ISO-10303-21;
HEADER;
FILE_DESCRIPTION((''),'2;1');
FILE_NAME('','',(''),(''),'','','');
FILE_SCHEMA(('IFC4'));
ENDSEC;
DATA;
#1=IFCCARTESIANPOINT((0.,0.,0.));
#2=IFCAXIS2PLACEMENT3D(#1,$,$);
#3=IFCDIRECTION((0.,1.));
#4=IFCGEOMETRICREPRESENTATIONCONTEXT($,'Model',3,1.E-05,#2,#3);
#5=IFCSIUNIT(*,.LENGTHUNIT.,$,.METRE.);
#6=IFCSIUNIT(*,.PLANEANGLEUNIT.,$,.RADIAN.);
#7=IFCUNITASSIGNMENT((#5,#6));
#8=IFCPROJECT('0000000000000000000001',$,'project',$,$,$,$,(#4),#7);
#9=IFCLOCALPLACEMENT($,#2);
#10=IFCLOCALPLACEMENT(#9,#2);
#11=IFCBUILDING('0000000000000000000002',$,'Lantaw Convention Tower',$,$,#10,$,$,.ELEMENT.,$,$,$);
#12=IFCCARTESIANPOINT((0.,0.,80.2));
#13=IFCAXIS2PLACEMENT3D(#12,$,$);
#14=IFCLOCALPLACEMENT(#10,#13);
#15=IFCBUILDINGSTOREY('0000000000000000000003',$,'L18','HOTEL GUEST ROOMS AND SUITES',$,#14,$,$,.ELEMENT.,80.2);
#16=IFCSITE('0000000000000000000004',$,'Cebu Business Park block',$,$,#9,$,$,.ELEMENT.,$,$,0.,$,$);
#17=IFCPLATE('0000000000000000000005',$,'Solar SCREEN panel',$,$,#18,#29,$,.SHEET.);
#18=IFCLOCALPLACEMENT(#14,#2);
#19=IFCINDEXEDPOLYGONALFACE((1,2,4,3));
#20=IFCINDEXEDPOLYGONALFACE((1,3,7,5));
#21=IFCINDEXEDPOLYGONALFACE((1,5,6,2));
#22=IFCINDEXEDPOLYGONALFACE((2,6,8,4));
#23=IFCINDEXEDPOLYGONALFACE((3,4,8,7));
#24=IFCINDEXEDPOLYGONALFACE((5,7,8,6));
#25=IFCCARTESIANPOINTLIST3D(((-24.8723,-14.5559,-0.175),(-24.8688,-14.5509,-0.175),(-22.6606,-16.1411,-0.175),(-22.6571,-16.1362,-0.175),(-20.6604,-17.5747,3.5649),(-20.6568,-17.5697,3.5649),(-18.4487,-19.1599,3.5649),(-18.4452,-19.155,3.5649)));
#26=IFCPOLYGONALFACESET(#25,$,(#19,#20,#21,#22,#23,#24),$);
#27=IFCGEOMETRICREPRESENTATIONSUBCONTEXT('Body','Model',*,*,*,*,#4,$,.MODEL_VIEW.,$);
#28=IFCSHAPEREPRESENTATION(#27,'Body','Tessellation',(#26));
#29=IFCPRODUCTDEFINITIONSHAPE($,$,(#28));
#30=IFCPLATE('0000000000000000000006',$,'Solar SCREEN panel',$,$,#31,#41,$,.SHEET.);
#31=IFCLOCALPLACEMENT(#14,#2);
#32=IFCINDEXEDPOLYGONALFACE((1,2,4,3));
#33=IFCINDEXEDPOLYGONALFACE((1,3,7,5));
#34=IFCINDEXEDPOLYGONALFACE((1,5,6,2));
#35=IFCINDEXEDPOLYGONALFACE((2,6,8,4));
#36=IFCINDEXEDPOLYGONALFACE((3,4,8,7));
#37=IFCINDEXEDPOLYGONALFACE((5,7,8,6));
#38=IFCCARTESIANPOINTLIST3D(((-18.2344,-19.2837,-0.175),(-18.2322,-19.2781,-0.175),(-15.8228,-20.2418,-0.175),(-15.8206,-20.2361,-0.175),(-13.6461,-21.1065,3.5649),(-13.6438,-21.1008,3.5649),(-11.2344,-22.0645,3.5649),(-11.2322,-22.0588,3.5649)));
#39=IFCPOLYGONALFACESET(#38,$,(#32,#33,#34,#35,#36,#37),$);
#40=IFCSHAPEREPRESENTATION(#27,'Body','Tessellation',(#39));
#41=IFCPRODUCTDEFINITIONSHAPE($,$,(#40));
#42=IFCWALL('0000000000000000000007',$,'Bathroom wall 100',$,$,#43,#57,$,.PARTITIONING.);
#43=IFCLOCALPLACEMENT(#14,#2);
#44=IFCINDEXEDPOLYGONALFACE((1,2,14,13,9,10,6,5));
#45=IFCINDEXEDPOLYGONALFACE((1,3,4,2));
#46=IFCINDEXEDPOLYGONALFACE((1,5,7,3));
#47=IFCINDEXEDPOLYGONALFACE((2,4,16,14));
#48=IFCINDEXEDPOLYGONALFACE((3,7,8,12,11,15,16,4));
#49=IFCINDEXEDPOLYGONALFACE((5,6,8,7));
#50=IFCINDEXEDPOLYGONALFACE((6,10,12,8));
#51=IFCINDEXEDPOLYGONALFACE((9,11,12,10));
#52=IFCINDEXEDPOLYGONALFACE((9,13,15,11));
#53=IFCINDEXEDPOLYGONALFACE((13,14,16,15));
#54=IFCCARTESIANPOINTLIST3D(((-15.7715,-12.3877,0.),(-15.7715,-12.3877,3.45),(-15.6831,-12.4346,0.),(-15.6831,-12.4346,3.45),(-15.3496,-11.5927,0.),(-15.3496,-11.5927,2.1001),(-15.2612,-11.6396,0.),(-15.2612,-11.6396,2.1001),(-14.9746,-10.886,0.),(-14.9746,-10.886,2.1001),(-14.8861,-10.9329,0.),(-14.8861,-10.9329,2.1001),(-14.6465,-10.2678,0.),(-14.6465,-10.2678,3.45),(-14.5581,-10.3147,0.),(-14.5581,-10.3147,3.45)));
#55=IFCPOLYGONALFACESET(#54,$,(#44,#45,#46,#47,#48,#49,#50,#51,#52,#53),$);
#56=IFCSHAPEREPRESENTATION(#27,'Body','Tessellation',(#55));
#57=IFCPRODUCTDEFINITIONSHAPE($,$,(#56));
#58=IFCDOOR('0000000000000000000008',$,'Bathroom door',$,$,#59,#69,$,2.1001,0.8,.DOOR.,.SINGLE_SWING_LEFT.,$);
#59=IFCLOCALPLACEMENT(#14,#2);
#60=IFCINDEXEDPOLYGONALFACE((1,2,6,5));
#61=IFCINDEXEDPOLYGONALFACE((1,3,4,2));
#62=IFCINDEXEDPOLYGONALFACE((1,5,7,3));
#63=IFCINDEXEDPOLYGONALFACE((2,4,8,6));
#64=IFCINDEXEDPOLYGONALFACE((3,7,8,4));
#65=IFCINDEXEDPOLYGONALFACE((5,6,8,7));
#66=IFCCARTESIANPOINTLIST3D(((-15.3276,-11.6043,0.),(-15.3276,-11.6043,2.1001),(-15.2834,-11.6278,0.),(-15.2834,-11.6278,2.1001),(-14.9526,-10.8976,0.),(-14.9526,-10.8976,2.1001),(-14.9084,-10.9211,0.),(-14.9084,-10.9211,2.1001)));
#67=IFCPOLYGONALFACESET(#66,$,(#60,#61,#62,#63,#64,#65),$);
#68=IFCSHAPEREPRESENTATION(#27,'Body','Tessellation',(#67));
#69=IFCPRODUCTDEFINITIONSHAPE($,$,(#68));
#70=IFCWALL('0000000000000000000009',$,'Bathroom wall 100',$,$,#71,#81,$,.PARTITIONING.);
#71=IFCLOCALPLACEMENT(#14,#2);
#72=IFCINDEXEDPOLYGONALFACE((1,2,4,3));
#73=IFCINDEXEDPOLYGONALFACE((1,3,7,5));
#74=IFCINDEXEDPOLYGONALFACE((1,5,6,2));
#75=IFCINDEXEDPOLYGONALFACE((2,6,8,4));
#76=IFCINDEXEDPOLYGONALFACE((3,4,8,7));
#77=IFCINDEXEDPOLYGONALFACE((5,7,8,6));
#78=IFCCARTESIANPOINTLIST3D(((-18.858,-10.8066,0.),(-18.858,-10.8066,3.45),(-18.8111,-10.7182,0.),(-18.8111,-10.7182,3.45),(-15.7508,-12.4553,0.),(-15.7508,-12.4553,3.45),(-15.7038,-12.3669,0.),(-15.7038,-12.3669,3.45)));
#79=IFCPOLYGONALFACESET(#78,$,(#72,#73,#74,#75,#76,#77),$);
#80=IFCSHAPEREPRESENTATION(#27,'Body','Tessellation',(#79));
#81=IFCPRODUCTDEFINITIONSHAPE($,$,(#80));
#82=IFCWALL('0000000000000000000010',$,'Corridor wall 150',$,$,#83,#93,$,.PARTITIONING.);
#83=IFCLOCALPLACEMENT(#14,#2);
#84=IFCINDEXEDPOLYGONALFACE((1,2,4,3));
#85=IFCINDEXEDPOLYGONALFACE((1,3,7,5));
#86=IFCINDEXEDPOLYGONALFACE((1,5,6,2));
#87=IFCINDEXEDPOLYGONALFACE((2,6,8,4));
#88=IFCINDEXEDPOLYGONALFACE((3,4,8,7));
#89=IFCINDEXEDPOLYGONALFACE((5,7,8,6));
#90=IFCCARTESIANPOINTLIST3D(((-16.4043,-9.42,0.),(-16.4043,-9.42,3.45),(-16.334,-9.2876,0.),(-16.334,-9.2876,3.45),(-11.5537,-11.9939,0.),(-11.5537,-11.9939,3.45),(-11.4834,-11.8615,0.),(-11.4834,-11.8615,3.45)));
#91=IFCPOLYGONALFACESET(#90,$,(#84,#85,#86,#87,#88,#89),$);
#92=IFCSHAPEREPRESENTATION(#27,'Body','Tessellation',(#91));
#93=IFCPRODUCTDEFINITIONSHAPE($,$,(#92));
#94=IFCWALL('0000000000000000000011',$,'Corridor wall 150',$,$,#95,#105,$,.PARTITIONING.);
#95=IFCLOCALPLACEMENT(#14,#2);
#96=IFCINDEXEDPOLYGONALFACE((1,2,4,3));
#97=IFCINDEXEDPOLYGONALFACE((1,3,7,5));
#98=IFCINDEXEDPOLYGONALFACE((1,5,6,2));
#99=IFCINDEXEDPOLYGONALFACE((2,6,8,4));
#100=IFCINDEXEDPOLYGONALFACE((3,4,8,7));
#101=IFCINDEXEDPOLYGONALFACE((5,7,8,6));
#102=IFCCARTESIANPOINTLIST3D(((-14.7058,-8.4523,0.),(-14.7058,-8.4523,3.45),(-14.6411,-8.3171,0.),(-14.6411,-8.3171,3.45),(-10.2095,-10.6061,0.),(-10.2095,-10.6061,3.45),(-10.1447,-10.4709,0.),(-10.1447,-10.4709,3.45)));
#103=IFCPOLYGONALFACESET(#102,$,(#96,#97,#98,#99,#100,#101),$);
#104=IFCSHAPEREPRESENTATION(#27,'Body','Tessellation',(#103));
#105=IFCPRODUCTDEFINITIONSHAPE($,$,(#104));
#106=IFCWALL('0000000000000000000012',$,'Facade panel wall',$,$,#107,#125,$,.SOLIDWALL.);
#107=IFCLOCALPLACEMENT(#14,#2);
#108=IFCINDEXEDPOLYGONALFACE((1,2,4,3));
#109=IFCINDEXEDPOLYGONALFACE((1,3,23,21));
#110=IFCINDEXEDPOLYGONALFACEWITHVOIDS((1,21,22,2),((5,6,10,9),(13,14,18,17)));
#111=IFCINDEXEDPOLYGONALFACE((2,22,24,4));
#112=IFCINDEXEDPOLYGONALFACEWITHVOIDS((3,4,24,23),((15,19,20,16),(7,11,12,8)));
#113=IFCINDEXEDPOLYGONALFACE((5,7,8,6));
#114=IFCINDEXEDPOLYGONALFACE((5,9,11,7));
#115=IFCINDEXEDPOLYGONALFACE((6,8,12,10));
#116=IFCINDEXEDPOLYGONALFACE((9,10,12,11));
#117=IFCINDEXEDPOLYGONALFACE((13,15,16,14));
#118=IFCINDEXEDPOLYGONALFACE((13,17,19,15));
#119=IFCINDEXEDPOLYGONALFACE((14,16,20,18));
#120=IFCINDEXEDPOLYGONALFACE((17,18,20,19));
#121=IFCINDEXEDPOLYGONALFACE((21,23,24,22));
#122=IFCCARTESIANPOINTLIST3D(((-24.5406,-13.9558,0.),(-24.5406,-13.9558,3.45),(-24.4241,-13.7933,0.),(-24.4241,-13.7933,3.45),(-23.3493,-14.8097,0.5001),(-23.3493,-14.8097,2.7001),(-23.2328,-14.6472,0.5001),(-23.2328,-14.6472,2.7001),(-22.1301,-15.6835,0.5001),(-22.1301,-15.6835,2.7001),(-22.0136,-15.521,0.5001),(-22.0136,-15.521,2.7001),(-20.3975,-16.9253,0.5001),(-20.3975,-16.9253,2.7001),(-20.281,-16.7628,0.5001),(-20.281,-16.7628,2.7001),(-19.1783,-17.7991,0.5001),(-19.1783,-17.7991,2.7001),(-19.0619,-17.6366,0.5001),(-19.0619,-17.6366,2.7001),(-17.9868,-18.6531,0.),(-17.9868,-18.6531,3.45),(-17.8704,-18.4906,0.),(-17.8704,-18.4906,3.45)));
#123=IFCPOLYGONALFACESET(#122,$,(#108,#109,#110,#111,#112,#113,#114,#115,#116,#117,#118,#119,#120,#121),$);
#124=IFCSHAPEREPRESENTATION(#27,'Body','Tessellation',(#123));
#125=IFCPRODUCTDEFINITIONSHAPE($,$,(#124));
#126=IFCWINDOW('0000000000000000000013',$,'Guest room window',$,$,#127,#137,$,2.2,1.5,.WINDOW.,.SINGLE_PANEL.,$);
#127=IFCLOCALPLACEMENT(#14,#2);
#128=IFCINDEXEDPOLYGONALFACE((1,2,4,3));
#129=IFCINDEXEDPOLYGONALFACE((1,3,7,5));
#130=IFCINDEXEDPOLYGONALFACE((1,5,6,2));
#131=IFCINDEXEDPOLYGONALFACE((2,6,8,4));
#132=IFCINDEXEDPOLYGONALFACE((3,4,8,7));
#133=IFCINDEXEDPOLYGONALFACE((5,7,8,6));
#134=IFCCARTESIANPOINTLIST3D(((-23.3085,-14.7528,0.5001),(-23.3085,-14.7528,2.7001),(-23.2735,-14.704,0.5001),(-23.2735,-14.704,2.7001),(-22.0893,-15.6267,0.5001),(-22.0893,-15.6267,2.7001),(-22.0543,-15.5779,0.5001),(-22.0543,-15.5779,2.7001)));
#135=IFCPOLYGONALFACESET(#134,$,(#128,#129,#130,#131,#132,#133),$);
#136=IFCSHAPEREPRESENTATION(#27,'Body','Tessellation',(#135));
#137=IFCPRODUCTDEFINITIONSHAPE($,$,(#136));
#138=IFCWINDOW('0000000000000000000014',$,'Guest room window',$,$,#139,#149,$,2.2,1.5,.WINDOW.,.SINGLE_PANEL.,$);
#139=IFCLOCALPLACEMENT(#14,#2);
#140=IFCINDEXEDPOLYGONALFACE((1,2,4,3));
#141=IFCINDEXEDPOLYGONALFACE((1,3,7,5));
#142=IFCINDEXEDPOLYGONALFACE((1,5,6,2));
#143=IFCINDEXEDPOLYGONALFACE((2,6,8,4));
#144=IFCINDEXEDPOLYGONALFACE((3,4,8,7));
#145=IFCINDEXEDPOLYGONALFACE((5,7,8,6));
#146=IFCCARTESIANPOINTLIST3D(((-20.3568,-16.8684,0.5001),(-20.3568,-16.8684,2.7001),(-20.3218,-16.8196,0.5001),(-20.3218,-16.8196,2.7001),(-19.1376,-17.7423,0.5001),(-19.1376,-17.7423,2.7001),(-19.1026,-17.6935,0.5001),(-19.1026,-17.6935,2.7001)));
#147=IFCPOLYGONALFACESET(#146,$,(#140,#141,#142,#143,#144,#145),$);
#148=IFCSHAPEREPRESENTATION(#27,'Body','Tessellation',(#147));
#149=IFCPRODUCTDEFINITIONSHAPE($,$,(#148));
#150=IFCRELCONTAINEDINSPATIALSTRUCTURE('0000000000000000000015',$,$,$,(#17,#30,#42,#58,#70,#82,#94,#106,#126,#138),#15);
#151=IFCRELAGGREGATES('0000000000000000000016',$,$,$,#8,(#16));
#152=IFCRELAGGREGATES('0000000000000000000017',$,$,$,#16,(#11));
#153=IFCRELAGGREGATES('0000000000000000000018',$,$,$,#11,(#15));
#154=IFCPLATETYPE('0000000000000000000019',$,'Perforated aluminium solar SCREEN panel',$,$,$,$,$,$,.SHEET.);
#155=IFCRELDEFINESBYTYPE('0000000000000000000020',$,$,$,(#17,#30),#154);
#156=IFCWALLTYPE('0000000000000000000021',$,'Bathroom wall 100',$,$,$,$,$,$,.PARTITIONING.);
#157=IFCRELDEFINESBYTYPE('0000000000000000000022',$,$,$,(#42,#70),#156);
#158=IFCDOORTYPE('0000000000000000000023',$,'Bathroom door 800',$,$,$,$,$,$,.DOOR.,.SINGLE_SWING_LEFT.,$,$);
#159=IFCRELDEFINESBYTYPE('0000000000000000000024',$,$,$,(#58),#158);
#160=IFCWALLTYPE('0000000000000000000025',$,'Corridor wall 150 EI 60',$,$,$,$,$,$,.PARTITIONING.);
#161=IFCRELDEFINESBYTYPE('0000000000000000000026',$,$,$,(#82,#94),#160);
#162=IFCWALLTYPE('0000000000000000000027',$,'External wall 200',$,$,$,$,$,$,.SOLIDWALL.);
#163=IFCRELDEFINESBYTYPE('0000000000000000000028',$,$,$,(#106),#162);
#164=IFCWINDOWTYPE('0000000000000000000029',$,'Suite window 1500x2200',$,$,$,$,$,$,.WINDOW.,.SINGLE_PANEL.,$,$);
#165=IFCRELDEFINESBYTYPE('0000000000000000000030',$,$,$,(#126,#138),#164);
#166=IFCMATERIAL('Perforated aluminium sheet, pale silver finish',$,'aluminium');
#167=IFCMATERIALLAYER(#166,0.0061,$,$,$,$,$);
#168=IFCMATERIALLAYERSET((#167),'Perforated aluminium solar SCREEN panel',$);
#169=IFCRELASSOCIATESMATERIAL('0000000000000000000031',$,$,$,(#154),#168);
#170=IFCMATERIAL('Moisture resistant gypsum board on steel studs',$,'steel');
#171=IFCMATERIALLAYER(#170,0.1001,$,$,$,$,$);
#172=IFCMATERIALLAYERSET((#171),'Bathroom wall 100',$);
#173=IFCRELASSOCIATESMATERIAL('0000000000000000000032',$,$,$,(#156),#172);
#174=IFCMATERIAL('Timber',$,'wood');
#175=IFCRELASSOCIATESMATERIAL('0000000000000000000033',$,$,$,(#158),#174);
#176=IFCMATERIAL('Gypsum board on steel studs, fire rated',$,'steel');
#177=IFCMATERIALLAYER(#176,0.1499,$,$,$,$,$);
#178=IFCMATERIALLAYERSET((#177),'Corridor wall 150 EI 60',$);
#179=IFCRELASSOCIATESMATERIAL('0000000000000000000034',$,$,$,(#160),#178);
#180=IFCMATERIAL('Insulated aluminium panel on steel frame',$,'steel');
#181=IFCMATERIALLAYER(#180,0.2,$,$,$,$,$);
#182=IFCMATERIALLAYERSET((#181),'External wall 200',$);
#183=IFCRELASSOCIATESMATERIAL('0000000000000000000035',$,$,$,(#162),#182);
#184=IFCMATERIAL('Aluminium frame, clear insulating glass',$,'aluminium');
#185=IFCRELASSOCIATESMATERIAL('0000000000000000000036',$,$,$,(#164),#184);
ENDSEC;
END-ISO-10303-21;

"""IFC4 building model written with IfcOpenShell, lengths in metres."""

from ifc_helpers import new_model, si_unit, direction, frame, frame_2d, origin, place, context, subcontext, project, spatial, polyline, rectangle, outline, extrude, material, layer, layer_set, type_object, element, fill, save


model = new_model("IFC4")

# Units and contexts
model_context = context("Model", 3, precision=1e-05, world=origin(), true_north=direction((0.0, 1.0)))
body_context = subcontext(model_context, "Body", "Model", "MODEL_VIEW")
ifc_project = project(units=[si_unit("LENGTHUNIT", "METRE"), si_unit("PLANEANGLEUNIT", "RADIAN")], contexts=[model_context])

# Site, building, storey
site_placement = place(None, origin())
site = spatial("IfcSite", under=ifc_project, at=site_placement, Name="Cebu Business Park block", CompositionType="ELEMENT", RefElevation=0.0)
building_placement = place(site_placement, origin())
building = spatial("IfcBuilding", under=site, at=building_placement, Name="Lantaw Convention Tower", CompositionType="ELEMENT")
storey_placement = place(building_placement, frame((0.0, 0.0, 80.2)))
storey = spatial("IfcBuildingStorey", under=building, at=storey_placement, Name="L18", Description="HOTEL GUEST ROOMS AND SUITES", CompositionType="ELEMENT", Elevation=80.2)

# Plates
ifc_material_1 = material(Name="Perforated aluminium sheet, pale silver finish", Category="aluminium")
ifc_layer_1 = layer(ifc_material_1, 0.0061)
ifc_layer_set_1 = layer_set([ifc_layer_1], Name="Perforated aluminium solar SCREEN panel")
plate_type = type_object("IfcPlateType", Name="Perforated aluminium solar SCREEN panel", PredefinedType="SHEET", material=ifc_layer_set_1)
plate_1_placement = place(storey_placement, frame((-24.8723, -14.5559, -0.175), z_axis=(-0.582561, -0.812787, 0.000016), x_axis=(0.812787, -0.582561, 0.0)))
element("IfcPlate", 1, at=plate_1_placement, inside=storey, type_object=plate_type, Name="Solar SCREEN panel", PredefinedType="SHEET", context=body_context, shape_type="SweptSolid", body=[
    extrude(outline(polyline([(0.0, 0.0), (2.7211, 0.0), (7.9031, 3.74), (5.182, 3.74), (0.0, 0.0)])), origin(), (0.0, 0.0, -1.0), 0.0061),
])
plate_2_placement = place(storey_placement, frame((-18.2322, -19.2781, -0.175), z_axis=(0.369184, 0.929357, 0.000009), x_axis=(0.929357, -0.369184, 0.0)))
element("IfcPlate", 2, at=plate_2_placement, inside=storey, type_object=plate_type, Name="Solar SCREEN panel", PredefinedType="SHEET", context=body_context, shape_type="SweptSolid", body=[
    extrude(outline(polyline([(0.0, 0.0), (2.5949, 0.0), (7.5321, -3.74), (4.9372, -3.74), (0.0, 0.0)])), origin(), (0.0, 0.0, -1.0), 0.0061),
])

# Wall, opening, door
ifc_material_2 = material(Name="Moisture resistant gypsum board on steel studs", Category="steel")
ifc_layer_2 = layer(ifc_material_2, 0.1001)
ifc_layer_set_2 = layer_set([ifc_layer_2], Name="Bathroom wall 100")
wall_type_1 = type_object("IfcWallType", Name="Bathroom wall 100", PredefinedType="PARTITIONING", material=ifc_layer_set_2)
wall_1_placement = place(storey_placement, frame((-14.6023, -10.2913, 0.0), z_axis=(0.0, 0.0, 1.0), x_axis=(-0.468771, -0.88332, 0.0)))
wall_1 = element("IfcWall", 3, at=wall_1_placement, inside=storey, type_object=wall_type_1, Name="Bathroom wall 100", PredefinedType="PARTITIONING", context=body_context, shape_type="SweptSolid", body=[
    extrude(rectangle(XDim=2.3999, YDim=0.1001, at=frame_2d((1.2, 0.0))), origin(), (0.0, 0.0, 1.0), 3.45),
])
opening_1_placement = place(wall_1_placement, frame((0.7, 0.0, 0.0)))
opening_1 = element("IfcOpeningElement", 4, at=opening_1_placement, cuts=wall_1, PredefinedType="OPENING", context=body_context, shape_type="SweptSolid", body=[
    extrude(rectangle(XDim=0.8, YDim=2.1001, at=frame_2d((0.3999, 1.05))), frame((0.0, 0.0601, 0.0), z_axis=(0.0, -1.0, 0.0), x_axis=(1.0, 0.0, 0.0)), (0.0, 0.0, 1.0), 0.1201),
])
ifc_material_3 = material(Name="Timber", Category="wood")
door_type = type_object("IfcDoorType", Name="Bathroom door 800", OperationType="SINGLE_SWING_LEFT", PredefinedType="DOOR", material=ifc_material_3)
door_placement = place(opening_1_placement, origin())
door = element("IfcDoor", 5, at=door_placement, inside=storey, type_object=door_type, Name="Bathroom door", OperationType="SINGLE_SWING_LEFT", OverallHeight=2.1001, OverallWidth=0.8, PredefinedType="DOOR", context=body_context, shape_type="SweptSolid", body=[
    extrude(rectangle(XDim=0.8, YDim=2.1001, at=frame_2d((0.3999, 1.05))), frame((0.0, 0.0249, 0.0), z_axis=(0.0, -1.0, 0.0), x_axis=(1.0, 0.0, 0.0)), (0.0, 0.0, 1.0), 0.05),
])
fill(opening_1, door)

# Walls
wall_2_placement = place(storey_placement, frame((-15.7273, -12.4111, 0.0), z_axis=(0.0, 0.0, 1.0), x_axis=(-0.883352, 0.46871, 0.0)))
element("IfcWall", 6, at=wall_2_placement, inside=storey, type_object=wall_type_1, Name="Bathroom wall 100", PredefinedType="PARTITIONING", context=body_context, shape_type="SweptSolid", body=[
    extrude(rectangle(XDim=3.5176, YDim=0.1001, at=frame_2d((1.7588, 0.0))), origin(), (0.0, 0.0, 1.0), 3.45),
])
ifc_material_4 = material(Name="Gypsum board on steel studs, fire rated", Category="steel")
ifc_layer_3 = layer(ifc_material_4, 0.1499)
ifc_layer_set_3 = layer_set([ifc_layer_3], Name="Corridor wall 150 EI 60")
wall_type_2 = type_object("IfcWallType", Name="Corridor wall 150 EI 60", PredefinedType="PARTITIONING", material=ifc_layer_set_3)
wall_3_placement = place(storey_placement, frame((-16.3691, -9.3538, 0.0), z_axis=(0.0, 0.0, 1.0), x_axis=(0.883334, -0.468743, 0.0)))
element("IfcWall", 7, at=wall_3_placement, inside=storey, type_object=wall_type_2, Name="Corridor wall 150", PredefinedType="PARTITIONING", context=body_context, shape_type="SweptSolid", body=[
    extrude(rectangle(XDim=5.4912, YDim=0.1499, at=frame_2d((2.7456, 0.0))), origin(), (0.0, 0.0, 1.0), 3.45),
])
wall_4_placement = place(storey_placement, frame((-14.6733, -8.3848, 0.0), z_axis=(0.0, 0.0, 1.0), x_axis=(0.90187, -0.432008, 0.0)))
element("IfcWall", 8, at=wall_4_placement, inside=storey, type_object=wall_type_2, Name="Corridor wall 150", PredefinedType="PARTITIONING", context=body_context, shape_type="SweptSolid", body=[
    extrude(rectangle(XDim=4.9856, YDim=0.1499, at=frame_2d((2.4927, 0.0))), origin(), (0.0, 0.0, 1.0), 3.45),
])

# Wall, openings, windows
ifc_material_5 = material(Name="Insulated aluminium panel on steel frame", Category="steel")
ifc_layer_4 = layer(ifc_material_5, 0.2)
ifc_layer_set_4 = layer_set([ifc_layer_4], Name="External wall 200")
wall_type_3 = type_object("IfcWallType", Name="External wall 200", PredefinedType="SOLIDWALL", material=ifc_layer_set_4)
wall_5_placement = place(storey_placement, frame((-24.4824, -13.8745, 0.0), z_axis=(0.0, 0.0, 1.0), x_axis=(0.812791, -0.582555, 0.0)))
wall_5 = element("IfcWall", 9, at=wall_5_placement, inside=storey, type_object=wall_type_3, Name="Facade panel wall", PredefinedType="SOLIDWALL", context=body_context, shape_type="SweptSolid", body=[
    extrude(rectangle(XDim=8.0632, YDim=0.2, at=frame_2d((4.0317, 0.0))), origin(), (0.0, 0.0, 1.0), 3.45),
])
opening_2_placement = place(wall_5_placement, frame((1.4658, 0.0, 0.5)))
opening_2 = element("IfcOpeningElement", 10, at=opening_2_placement, cuts=wall_5, PredefinedType="OPENING", context=body_context, shape_type="SweptSolid", body=[
    extrude(rectangle(XDim=1.5, YDim=2.2, at=frame_2d((0.75, 1.1001))), frame((0.0, 0.1099, 0.0), z_axis=(0.0, -1.0, 0.0), x_axis=(1.0, 0.0, 0.0)), (0.0, 0.0, 1.0), 0.22),
])
opening_3_placement = place(wall_5_placement, frame((5.0974, 0.0, 0.5)))
opening_3 = element("IfcOpeningElement", 11, at=opening_3_placement, cuts=wall_5, PredefinedType="OPENING", context=body_context, shape_type="SweptSolid", body=[
    extrude(rectangle(XDim=1.5, YDim=2.2, at=frame_2d((0.75, 1.1001))), frame((0.0, 0.1099, 0.0), z_axis=(0.0, -1.0, 0.0), x_axis=(1.0, 0.0, 0.0)), (0.0, 0.0, 1.0), 0.22),
])
ifc_material_6 = material(Name="Aluminium frame, clear insulating glass", Category="aluminium")
window_type = type_object("IfcWindowType", Name="Suite window 1500x2200", PartitioningType="SINGLE_PANEL", PredefinedType="WINDOW", material=ifc_material_6)
window_1_placement = place(opening_2_placement, origin())
window_1 = element("IfcWindow", 12, at=window_1_placement, inside=storey, type_object=window_type, Name="Guest room window", OverallHeight=2.2, OverallWidth=1.5, PartitioningType="SINGLE_PANEL", PredefinedType="WINDOW", context=body_context, shape_type="SweptSolid", body=[
    extrude(rectangle(XDim=1.5, YDim=2.2, at=frame_2d((0.75, 1.1001))), frame((0.0, 0.03, 0.0), z_axis=(0.0, -1.0, 0.0), x_axis=(1.0, 0.0, 0.0)), (0.0, 0.0, 1.0), 0.0601),
])
fill(opening_2, window_1)
window_2_placement = place(opening_3_placement, origin())
window_2 = element("IfcWindow", 13, at=window_2_placement, inside=storey, type_object=window_type, Name="Guest room window", OverallHeight=2.2, OverallWidth=1.5, PartitioningType="SINGLE_PANEL", PredefinedType="WINDOW", context=body_context, shape_type="SweptSolid", body=[
    extrude(rectangle(XDim=1.5, YDim=2.2, at=frame_2d((0.75, 1.1001))), frame((0.0, 0.03, 0.0), z_axis=(0.0, -1.0, 0.0), x_axis=(1.0, 0.0, 0.0)), (0.0, 0.0, 1.0), 0.0601),
])
fill(opening_3, window_2)

save(model, "model.ifc")
